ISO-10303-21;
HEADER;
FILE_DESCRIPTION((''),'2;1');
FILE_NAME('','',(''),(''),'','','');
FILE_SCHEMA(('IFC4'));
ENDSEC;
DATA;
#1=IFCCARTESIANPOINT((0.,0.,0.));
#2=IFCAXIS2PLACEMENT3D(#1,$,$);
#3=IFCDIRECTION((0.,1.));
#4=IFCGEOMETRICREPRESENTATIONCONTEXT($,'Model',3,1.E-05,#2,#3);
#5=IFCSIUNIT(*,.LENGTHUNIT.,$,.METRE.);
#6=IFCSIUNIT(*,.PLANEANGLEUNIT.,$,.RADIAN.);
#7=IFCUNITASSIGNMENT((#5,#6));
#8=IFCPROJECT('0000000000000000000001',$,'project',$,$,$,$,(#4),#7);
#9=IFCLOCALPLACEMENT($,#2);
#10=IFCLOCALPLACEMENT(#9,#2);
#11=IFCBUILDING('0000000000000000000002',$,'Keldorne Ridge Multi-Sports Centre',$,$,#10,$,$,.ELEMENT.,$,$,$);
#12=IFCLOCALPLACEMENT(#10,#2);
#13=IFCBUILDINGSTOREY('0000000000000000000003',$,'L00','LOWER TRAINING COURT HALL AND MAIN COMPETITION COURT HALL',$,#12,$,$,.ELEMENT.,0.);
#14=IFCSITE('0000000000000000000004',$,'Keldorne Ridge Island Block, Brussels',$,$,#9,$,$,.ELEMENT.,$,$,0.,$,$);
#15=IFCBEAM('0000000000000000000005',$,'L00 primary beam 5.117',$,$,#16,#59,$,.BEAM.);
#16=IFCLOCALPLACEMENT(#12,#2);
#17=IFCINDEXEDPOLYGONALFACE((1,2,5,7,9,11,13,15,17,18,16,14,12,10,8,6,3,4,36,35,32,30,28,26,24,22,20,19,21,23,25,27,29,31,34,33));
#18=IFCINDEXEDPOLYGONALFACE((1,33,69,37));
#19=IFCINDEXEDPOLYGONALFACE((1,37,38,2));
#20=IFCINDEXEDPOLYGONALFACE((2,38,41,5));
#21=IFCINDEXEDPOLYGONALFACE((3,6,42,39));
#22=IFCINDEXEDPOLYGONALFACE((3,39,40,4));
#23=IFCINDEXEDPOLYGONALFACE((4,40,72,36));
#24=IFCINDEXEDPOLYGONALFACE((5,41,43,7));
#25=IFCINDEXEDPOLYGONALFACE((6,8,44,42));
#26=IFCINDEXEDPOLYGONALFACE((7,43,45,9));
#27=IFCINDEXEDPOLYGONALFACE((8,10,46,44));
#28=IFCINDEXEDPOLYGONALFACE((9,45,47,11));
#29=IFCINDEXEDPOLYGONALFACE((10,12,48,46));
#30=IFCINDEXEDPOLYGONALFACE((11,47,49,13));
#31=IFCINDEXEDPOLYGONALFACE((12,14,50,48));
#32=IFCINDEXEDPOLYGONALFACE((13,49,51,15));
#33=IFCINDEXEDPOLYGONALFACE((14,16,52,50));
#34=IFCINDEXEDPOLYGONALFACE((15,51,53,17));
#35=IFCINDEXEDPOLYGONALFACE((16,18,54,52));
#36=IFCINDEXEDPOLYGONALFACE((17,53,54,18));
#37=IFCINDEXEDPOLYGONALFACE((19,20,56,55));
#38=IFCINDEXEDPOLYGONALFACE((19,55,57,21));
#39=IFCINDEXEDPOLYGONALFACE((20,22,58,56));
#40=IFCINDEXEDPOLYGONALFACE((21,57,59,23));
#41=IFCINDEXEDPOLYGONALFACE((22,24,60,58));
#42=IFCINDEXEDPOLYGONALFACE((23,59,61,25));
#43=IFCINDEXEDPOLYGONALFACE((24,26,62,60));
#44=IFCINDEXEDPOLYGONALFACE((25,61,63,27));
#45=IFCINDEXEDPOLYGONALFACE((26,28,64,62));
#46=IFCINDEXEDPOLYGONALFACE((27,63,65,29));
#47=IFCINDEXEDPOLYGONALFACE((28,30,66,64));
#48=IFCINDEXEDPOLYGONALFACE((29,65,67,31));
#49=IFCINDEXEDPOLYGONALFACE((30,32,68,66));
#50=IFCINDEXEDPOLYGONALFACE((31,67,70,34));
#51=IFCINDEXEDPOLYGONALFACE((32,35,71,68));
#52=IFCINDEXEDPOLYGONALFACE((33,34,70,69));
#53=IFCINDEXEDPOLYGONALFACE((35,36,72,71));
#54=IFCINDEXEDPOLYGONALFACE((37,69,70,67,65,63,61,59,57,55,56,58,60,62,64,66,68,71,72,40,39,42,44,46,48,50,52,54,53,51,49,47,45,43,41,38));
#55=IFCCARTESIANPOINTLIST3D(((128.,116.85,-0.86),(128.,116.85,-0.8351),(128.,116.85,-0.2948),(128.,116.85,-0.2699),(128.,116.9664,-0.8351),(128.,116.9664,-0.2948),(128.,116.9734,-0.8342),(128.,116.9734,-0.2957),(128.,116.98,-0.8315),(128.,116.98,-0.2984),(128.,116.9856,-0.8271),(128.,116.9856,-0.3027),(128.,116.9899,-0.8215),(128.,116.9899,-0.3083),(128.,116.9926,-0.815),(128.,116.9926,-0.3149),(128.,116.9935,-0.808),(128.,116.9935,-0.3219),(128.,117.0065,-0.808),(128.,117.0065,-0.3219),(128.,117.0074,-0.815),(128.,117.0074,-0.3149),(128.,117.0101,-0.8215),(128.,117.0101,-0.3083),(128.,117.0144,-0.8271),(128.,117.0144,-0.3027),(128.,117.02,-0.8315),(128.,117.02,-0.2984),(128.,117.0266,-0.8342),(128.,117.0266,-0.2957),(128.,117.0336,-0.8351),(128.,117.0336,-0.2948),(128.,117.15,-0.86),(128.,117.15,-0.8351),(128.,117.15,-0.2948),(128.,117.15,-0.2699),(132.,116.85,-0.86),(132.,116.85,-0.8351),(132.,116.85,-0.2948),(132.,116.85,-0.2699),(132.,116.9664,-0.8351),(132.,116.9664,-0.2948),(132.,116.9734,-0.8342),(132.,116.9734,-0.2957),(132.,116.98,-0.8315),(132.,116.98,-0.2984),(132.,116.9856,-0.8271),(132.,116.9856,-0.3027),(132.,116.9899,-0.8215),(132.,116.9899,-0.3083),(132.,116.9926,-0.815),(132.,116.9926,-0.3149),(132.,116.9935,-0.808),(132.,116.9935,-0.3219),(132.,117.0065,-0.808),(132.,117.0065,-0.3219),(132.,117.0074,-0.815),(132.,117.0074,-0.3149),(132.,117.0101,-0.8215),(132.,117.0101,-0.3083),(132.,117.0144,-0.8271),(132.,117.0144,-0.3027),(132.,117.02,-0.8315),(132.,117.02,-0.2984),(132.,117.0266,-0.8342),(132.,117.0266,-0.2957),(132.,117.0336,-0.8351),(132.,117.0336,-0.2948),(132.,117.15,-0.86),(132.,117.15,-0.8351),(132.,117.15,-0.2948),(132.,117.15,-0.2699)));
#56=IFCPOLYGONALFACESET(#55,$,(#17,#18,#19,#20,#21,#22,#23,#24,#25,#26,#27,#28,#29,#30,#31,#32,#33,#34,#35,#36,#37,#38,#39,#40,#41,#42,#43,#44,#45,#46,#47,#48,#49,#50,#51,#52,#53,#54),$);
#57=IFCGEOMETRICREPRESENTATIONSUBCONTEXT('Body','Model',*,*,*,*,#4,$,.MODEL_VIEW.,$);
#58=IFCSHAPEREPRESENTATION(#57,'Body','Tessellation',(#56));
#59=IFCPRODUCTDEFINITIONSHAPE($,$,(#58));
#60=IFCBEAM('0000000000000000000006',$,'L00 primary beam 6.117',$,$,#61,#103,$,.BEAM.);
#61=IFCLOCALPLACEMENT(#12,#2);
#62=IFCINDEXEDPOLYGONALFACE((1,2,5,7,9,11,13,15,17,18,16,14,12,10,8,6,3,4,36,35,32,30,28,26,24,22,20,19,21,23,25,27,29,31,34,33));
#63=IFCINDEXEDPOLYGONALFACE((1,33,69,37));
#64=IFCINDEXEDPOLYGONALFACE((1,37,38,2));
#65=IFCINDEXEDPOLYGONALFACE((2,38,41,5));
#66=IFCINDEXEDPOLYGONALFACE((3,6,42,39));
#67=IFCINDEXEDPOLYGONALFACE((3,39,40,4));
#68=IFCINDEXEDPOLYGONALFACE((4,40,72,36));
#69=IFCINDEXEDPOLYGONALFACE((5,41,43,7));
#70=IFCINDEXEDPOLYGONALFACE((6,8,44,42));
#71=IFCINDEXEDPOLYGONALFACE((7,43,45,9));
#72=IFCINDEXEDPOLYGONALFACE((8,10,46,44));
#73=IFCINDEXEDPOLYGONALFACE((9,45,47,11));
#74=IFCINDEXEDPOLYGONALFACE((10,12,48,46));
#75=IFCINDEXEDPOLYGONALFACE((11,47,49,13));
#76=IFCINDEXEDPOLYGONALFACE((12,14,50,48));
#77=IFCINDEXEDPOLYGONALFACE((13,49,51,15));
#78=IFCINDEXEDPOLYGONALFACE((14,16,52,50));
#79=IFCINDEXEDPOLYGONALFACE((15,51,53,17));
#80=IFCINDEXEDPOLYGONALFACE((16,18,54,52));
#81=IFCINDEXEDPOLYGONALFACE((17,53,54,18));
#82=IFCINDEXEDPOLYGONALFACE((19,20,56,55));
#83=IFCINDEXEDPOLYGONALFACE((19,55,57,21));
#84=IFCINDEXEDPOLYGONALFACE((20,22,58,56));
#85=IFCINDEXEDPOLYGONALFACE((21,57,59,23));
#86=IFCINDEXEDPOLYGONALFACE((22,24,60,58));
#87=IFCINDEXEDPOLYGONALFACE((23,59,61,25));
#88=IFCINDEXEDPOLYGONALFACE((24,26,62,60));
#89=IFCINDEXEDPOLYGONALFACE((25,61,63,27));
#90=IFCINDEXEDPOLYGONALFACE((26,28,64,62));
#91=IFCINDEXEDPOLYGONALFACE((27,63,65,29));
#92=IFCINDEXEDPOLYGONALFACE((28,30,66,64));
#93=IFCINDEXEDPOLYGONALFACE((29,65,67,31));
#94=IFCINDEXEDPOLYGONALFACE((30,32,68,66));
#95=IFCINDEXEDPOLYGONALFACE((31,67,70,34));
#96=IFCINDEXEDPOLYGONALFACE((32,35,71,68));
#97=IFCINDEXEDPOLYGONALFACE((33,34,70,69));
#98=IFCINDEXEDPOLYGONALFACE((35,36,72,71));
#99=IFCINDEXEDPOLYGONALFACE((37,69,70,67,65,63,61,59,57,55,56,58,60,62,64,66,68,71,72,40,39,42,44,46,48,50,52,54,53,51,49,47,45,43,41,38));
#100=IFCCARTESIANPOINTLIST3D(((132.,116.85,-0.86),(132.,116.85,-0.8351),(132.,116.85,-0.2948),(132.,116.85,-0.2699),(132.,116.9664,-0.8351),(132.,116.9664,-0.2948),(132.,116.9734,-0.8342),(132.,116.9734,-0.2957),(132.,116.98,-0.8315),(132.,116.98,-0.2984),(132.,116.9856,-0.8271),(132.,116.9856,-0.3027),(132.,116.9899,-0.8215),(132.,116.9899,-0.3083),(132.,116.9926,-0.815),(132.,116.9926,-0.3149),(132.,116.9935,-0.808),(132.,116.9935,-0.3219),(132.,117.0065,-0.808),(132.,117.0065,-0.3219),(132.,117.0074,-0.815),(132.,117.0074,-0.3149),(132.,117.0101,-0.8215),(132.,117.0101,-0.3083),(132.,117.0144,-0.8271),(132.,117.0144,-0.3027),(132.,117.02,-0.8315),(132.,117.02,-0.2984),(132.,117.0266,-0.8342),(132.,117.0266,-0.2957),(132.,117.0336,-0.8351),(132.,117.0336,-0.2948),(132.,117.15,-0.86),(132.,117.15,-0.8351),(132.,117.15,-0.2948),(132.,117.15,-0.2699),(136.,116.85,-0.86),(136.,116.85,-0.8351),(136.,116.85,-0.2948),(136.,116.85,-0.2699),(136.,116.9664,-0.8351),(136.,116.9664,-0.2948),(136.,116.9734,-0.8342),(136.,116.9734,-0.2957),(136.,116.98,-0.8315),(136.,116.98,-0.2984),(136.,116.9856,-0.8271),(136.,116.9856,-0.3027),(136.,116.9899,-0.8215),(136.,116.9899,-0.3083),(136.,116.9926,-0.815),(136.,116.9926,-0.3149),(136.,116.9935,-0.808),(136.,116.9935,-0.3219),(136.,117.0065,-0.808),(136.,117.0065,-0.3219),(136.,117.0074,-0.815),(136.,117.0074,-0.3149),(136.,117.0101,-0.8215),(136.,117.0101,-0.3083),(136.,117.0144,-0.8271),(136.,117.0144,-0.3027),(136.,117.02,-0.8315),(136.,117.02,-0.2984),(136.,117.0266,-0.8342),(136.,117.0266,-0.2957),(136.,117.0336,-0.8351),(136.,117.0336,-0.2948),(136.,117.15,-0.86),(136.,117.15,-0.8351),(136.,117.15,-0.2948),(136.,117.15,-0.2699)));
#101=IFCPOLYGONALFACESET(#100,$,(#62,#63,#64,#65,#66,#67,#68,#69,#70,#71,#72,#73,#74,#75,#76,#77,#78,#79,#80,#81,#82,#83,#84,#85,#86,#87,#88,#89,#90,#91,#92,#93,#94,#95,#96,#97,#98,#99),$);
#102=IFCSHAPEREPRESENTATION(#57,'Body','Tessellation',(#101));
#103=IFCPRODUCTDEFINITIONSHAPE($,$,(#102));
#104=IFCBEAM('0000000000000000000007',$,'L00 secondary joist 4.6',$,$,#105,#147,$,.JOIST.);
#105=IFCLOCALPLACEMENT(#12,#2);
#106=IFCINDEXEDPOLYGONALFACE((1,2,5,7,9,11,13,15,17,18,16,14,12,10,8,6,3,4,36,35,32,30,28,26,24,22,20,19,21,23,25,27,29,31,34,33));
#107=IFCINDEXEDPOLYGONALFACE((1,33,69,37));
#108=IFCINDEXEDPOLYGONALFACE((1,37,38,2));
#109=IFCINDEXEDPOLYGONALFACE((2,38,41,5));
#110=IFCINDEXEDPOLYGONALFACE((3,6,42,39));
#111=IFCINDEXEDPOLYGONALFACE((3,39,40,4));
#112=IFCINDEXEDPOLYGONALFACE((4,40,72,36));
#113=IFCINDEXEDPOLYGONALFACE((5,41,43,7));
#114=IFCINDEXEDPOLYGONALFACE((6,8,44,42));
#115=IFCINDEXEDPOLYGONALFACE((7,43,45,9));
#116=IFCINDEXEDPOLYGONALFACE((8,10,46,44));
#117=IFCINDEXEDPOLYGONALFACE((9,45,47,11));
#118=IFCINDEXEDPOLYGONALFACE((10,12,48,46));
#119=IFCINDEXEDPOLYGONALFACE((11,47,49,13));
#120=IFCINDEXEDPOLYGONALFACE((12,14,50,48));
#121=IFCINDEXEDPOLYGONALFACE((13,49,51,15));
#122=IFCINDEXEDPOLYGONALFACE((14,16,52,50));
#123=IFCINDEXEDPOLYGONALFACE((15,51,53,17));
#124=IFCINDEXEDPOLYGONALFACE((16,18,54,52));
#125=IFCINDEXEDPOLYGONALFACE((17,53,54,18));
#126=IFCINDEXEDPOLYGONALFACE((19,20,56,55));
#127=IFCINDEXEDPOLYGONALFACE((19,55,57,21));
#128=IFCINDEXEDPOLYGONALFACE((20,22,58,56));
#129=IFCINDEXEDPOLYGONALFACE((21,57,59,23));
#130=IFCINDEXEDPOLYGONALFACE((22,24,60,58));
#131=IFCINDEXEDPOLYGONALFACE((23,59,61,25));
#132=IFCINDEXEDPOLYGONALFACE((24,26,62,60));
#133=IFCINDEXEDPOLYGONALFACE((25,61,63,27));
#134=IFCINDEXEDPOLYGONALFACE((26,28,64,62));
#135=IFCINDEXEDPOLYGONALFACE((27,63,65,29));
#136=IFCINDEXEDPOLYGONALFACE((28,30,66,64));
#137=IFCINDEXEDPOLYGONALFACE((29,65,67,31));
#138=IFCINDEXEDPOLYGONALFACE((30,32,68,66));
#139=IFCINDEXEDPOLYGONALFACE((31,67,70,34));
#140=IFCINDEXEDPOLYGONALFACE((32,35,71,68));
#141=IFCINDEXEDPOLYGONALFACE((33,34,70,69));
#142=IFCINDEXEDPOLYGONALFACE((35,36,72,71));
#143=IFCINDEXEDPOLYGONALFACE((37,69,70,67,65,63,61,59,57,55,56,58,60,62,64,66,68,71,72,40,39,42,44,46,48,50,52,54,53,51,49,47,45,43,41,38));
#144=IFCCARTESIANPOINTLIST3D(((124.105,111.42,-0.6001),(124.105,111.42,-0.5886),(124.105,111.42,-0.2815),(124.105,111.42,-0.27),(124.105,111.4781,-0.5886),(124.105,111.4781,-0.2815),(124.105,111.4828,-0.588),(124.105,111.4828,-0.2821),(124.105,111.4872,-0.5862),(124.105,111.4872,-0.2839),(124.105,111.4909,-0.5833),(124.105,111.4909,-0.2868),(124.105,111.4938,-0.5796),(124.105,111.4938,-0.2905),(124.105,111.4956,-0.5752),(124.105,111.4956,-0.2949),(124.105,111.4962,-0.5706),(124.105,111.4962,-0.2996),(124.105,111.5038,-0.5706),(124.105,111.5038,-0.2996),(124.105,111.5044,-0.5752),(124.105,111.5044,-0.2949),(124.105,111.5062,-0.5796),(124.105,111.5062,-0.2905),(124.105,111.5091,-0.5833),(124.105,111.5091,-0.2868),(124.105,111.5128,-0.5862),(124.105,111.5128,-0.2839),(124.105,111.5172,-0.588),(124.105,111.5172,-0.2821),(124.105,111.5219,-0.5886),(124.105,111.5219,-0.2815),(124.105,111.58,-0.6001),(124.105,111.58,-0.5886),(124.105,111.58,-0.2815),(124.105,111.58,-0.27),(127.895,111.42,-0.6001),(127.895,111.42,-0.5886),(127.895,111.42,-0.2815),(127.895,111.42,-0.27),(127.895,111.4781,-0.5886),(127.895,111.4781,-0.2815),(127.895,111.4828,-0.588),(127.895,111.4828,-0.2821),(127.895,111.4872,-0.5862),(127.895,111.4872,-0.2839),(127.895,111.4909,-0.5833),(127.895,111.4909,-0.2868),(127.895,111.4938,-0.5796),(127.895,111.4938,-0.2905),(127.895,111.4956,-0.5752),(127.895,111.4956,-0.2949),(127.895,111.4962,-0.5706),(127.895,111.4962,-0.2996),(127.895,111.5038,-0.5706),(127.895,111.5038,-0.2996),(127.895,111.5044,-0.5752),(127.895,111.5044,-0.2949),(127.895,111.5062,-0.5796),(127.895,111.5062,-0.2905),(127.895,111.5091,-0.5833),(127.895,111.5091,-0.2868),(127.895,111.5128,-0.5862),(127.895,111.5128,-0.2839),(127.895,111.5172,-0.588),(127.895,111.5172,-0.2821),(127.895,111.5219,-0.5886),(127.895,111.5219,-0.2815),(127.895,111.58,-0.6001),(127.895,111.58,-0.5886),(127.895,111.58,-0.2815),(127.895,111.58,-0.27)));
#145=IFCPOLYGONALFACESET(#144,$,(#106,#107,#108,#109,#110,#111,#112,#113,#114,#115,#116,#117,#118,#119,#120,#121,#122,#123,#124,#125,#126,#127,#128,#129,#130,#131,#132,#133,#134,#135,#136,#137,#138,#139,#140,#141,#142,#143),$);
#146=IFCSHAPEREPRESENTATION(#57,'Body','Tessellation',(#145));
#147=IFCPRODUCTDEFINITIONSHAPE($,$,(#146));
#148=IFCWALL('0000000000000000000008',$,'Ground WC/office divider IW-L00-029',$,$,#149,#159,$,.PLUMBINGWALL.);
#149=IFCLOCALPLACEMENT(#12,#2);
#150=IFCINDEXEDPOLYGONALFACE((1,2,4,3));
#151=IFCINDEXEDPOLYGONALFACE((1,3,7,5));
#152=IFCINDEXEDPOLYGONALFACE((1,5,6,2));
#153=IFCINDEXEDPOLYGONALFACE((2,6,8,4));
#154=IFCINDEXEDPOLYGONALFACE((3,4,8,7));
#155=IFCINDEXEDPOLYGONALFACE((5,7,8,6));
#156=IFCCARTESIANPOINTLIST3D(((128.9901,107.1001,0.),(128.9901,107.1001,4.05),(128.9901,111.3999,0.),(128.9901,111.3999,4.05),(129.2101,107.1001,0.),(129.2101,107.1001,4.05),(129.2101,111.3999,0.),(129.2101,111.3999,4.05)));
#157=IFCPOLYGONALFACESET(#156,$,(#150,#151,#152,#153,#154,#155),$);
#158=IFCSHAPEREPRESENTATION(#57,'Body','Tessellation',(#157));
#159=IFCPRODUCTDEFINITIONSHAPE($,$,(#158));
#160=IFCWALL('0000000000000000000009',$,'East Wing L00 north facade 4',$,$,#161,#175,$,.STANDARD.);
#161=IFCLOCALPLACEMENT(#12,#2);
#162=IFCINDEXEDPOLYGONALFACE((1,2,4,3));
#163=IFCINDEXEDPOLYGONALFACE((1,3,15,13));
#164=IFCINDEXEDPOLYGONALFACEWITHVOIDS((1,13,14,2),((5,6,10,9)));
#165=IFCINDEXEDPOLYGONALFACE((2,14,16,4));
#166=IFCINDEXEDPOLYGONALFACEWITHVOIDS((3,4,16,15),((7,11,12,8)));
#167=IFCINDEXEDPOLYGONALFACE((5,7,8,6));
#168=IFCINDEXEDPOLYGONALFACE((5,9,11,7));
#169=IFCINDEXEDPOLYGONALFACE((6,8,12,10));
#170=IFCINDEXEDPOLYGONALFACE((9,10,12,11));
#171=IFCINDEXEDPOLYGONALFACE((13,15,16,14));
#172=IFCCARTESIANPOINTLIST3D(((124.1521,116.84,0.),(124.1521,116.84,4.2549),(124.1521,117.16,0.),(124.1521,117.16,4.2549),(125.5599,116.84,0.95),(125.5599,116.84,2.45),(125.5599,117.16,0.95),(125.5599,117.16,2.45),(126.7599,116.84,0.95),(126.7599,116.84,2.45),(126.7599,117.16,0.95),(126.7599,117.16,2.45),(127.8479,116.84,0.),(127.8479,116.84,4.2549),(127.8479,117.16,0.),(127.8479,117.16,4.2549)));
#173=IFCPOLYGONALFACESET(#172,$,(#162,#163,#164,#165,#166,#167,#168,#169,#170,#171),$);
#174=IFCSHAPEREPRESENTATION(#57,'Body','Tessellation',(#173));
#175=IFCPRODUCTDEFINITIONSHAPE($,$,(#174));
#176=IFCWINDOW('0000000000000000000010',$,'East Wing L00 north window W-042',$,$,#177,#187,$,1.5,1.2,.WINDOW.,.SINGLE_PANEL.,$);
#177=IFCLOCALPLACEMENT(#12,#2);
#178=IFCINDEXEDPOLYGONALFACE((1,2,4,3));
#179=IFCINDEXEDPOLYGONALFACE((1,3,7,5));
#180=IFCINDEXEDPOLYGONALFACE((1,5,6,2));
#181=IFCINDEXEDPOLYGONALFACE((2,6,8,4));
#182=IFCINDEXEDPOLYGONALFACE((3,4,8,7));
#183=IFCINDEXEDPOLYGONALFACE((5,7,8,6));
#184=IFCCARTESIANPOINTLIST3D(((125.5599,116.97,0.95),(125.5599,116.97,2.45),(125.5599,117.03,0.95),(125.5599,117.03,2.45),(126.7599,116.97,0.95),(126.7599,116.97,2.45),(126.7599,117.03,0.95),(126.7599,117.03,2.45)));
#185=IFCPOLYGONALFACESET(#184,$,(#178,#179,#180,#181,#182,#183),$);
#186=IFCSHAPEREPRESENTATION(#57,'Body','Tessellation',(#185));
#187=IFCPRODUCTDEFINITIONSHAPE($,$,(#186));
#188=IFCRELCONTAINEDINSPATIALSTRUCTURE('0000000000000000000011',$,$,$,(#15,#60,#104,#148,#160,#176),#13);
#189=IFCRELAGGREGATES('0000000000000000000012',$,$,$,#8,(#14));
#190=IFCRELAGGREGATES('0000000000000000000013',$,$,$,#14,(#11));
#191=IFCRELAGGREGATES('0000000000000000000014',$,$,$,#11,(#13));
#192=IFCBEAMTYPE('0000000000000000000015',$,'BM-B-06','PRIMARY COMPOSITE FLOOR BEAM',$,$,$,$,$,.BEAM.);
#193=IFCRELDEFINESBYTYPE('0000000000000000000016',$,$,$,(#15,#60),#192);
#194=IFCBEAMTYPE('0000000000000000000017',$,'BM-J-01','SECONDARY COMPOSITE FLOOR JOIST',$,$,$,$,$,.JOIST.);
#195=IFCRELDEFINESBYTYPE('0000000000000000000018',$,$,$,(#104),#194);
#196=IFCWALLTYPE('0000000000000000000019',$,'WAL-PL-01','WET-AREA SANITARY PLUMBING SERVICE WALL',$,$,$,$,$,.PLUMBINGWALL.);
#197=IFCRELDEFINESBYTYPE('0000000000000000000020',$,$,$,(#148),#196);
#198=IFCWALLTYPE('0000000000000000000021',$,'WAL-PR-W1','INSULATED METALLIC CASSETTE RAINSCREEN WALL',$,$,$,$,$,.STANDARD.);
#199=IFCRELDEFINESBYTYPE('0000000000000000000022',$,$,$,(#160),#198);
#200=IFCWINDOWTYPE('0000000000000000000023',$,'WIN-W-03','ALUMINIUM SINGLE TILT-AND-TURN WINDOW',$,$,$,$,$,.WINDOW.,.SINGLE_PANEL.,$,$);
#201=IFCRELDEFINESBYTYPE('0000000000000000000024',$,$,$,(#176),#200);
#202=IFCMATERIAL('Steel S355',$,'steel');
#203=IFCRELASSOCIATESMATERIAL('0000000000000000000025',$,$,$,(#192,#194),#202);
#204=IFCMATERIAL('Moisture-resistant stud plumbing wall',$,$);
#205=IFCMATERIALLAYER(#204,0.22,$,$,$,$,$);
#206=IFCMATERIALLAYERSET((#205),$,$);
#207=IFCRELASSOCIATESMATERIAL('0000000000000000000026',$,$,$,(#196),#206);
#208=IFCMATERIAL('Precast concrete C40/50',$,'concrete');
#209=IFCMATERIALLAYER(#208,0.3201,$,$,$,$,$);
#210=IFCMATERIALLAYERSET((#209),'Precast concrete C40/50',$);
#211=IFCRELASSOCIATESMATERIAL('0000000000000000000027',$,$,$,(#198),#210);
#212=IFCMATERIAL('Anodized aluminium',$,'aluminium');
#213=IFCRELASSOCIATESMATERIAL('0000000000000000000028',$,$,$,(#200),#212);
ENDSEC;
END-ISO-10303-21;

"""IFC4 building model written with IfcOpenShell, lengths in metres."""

from ifc_helpers import new_model, si_unit, direction, frame, frame_2d, origin, origin_2d, place, context, subcontext, project, spatial, rectangle, i_section, extrude, material, layer, layer_set, material_profile, profile_set, type_object, element, fill, save


model = new_model("IFC4")

# Units and contexts
model_context = context("Model", 3, precision=1e-05, world=origin(), true_north=direction((0.0, 1.0)))
body_context = subcontext(model_context, "Body", "Model", "MODEL_VIEW")
ifc_project = project(units=[si_unit("LENGTHUNIT", "METRE"), si_unit("PLANEANGLEUNIT", "RADIAN")], contexts=[model_context])

# Site, building, storey
site_placement = place(None, origin())
site = spatial("IfcSite", under=ifc_project, at=site_placement, Name="Keldorne Ridge Island Block, Brussels", CompositionType="ELEMENT", RefElevation=0.0)
building_placement = place(site_placement, origin())
building = spatial("IfcBuilding", under=site, at=building_placement, Name="Keldorne Ridge Multi-Sports Centre", CompositionType="ELEMENT")
storey_placement = place(building_placement, origin())
storey = spatial("IfcBuildingStorey", under=building, at=storey_placement, Name="L00", Description="LOWER TRAINING COURT HALL AND MAIN COMPETITION COURT HALL", CompositionType="ELEMENT", Elevation=0.0)

# Shared definitions
ifc_material_1 = material(Name="Steel S355", Category="steel")

# Beams
ifc_material_profile_1 = material_profile(ifc_material_1, i_section(OverallWidth=0.3, OverallDepth=0.5901, WebThickness=0.0129, FlangeThickness=0.0249, FilletRadius=0.0271, at=origin_2d()), Name="HEA 600")
ifc_profile_set_1 = profile_set([ifc_material_profile_1], Name="Steel S355")
beam_type_1 = type_object("IfcBeamType", Name="BM-B-06", Description="PRIMARY COMPOSITE FLOOR BEAM", PredefinedType="BEAM", material=ifc_profile_set_1)
for number, where, z_axis, x_axis, name in (
    (1, (128.0, 117.0, -0.5649), (1.0, 0.0, 0.0), (0.0, 1.0, 0.0), "L00 primary beam 5.117"),
    (2, (132.0, 117.0, -0.5649), (1.0, 0.0, 0.0), (0.0, 1.0, 0.0), "L00 primary beam 6.117"),
):
    element("IfcBeam", number, at=place(storey_placement, frame(where, z_axis=z_axis, x_axis=x_axis)), inside=storey, type_object=beam_type_1, Name=name, PredefinedType="BEAM", context=body_context, shape_type="SweptSolid", body=[
        extrude(i_section(OverallWidth=0.3, OverallDepth=0.5901, WebThickness=0.0129, FlangeThickness=0.0249, FilletRadius=0.0271, at=origin_2d()), origin(), (0.0, 0.0, 1.0), 4.0),
    ])
ifc_material_profile_2 = material_profile(ifc_material_1, i_section(OverallWidth=0.1599, OverallDepth=0.3301, WebThickness=0.0076, FlangeThickness=0.0115, FilletRadius=0.0181, at=origin_2d()), Name="IPE 330")
ifc_profile_set_2 = profile_set([ifc_material_profile_2], Name="Steel S355")
beam_type_2 = type_object("IfcBeamType", Name="BM-J-01", Description="SECONDARY COMPOSITE FLOOR JOIST", PredefinedType="JOIST", material=ifc_profile_set_2)
beam_placement = place(storey_placement, frame((124.105, 111.5, -0.4351), z_axis=(1.0, 0.0, 0.0), x_axis=(0.0, 1.0, 0.0)))
element("IfcBeam", 3, at=beam_placement, inside=storey, type_object=beam_type_2, Name="L00 secondary joist 4.6", PredefinedType="JOIST", context=body_context, shape_type="SweptSolid", body=[
    extrude(i_section(OverallWidth=0.1599, OverallDepth=0.3301, WebThickness=0.0076, FlangeThickness=0.0115, FilletRadius=0.0181, at=origin_2d()), origin(), (0.0, 0.0, 1.0), 3.79),
])

# Wall
ifc_material_2 = material(Name="Moisture-resistant stud plumbing wall")
ifc_layer_1 = layer(ifc_material_2, 0.22)
ifc_layer_set_1 = layer_set([ifc_layer_1])
wall_type_1 = type_object("IfcWallType", Name="WAL-PL-01", Description="WET-AREA SANITARY PLUMBING SERVICE WALL", PredefinedType="PLUMBINGWALL", material=ifc_layer_set_1)
wall_1_placement = place(storey_placement, frame((129.1001, 107.1001, 0.0), z_axis=(0.0, 0.0, 1.0), x_axis=(0.0, 1.0, 0.0)))
element("IfcWall", 4, at=wall_1_placement, inside=storey, type_object=wall_type_1, Name="Ground WC/office divider IW-L00-029", PredefinedType="PLUMBINGWALL", context=body_context, shape_type="SweptSolid", body=[
    extrude(rectangle(XDim=4.2998, YDim=0.22, at=frame_2d((2.1499, 0.0))), origin(), (0.0, 0.0, 1.0), 4.05),
])

# Wall, opening, window
ifc_material_3 = material(Name="Precast concrete C40/50", Category="concrete")
ifc_layer_2 = layer(ifc_material_3, 0.3201)
ifc_layer_set_2 = layer_set([ifc_layer_2], Name="Precast concrete C40/50")
wall_type_2 = type_object("IfcWallType", Name="WAL-PR-W1", Description="INSULATED METALLIC CASSETTE RAINSCREEN WALL", PredefinedType="STANDARD", material=ifc_layer_set_2)
wall_2_placement = place(storey_placement, frame((127.8479, 117.0, 0.0), z_axis=(0.0, 0.0, 1.0), x_axis=(-1.0, 0.0, 0.0)))
wall_2 = element("IfcWall", 5, at=wall_2_placement, inside=storey, type_object=wall_type_2, Name="East Wing L00 north facade 4", PredefinedType="STANDARD", context=body_context, shape_type="SweptSolid", body=[
    extrude(rectangle(XDim=3.6958, YDim=0.3201, at=frame_2d((1.8479, 0.0))), origin(), (0.0, 0.0, 1.0), 4.2549),
])
opening_1_placement = place(wall_2_placement, frame((1.0879, 0.0, 0.95)))
opening_1 = element("IfcOpeningElement", 6, at=opening_1_placement, cuts=wall_2, PredefinedType="OPENING", context=body_context, shape_type="SweptSolid", body=[
    extrude(rectangle(XDim=1.2, YDim=1.5, at=frame_2d((0.6001, 0.75))), frame((0.0, 0.1699, 0.0), z_axis=(0.0, -1.0, 0.0), x_axis=(1.0, 0.0, 0.0)), (0.0, 0.0, 1.0), 0.3401),
])
ifc_material_4 = material(Name="Anodized aluminium", Category="aluminium")
window_type = type_object("IfcWindowType", Name="WIN-W-03", Description="ALUMINIUM SINGLE TILT-AND-TURN WINDOW", PartitioningType="SINGLE_PANEL", PredefinedType="WINDOW", material=ifc_material_4)
window_1_placement = place(opening_1_placement, origin())
window_1 = element("IfcWindow", 7, at=window_1_placement, inside=storey, type_object=window_type, Name="East Wing L00 north window W-042", OverallHeight=1.5, OverallWidth=1.2, PartitioningType="SINGLE_PANEL", PredefinedType="WINDOW", context=body_context, shape_type="SweptSolid", body=[
    extrude(rectangle(XDim=1.2, YDim=1.5, at=frame_2d((0.6001, 0.75))), frame((0.0, 0.03, 0.0), z_axis=(0.0, -1.0, 0.0), x_axis=(1.0, 0.0, 0.0)), (0.0, 0.0, 1.0), 0.0601),
])
fill(opening_1, window_1)

save(model, "model.ifc")
